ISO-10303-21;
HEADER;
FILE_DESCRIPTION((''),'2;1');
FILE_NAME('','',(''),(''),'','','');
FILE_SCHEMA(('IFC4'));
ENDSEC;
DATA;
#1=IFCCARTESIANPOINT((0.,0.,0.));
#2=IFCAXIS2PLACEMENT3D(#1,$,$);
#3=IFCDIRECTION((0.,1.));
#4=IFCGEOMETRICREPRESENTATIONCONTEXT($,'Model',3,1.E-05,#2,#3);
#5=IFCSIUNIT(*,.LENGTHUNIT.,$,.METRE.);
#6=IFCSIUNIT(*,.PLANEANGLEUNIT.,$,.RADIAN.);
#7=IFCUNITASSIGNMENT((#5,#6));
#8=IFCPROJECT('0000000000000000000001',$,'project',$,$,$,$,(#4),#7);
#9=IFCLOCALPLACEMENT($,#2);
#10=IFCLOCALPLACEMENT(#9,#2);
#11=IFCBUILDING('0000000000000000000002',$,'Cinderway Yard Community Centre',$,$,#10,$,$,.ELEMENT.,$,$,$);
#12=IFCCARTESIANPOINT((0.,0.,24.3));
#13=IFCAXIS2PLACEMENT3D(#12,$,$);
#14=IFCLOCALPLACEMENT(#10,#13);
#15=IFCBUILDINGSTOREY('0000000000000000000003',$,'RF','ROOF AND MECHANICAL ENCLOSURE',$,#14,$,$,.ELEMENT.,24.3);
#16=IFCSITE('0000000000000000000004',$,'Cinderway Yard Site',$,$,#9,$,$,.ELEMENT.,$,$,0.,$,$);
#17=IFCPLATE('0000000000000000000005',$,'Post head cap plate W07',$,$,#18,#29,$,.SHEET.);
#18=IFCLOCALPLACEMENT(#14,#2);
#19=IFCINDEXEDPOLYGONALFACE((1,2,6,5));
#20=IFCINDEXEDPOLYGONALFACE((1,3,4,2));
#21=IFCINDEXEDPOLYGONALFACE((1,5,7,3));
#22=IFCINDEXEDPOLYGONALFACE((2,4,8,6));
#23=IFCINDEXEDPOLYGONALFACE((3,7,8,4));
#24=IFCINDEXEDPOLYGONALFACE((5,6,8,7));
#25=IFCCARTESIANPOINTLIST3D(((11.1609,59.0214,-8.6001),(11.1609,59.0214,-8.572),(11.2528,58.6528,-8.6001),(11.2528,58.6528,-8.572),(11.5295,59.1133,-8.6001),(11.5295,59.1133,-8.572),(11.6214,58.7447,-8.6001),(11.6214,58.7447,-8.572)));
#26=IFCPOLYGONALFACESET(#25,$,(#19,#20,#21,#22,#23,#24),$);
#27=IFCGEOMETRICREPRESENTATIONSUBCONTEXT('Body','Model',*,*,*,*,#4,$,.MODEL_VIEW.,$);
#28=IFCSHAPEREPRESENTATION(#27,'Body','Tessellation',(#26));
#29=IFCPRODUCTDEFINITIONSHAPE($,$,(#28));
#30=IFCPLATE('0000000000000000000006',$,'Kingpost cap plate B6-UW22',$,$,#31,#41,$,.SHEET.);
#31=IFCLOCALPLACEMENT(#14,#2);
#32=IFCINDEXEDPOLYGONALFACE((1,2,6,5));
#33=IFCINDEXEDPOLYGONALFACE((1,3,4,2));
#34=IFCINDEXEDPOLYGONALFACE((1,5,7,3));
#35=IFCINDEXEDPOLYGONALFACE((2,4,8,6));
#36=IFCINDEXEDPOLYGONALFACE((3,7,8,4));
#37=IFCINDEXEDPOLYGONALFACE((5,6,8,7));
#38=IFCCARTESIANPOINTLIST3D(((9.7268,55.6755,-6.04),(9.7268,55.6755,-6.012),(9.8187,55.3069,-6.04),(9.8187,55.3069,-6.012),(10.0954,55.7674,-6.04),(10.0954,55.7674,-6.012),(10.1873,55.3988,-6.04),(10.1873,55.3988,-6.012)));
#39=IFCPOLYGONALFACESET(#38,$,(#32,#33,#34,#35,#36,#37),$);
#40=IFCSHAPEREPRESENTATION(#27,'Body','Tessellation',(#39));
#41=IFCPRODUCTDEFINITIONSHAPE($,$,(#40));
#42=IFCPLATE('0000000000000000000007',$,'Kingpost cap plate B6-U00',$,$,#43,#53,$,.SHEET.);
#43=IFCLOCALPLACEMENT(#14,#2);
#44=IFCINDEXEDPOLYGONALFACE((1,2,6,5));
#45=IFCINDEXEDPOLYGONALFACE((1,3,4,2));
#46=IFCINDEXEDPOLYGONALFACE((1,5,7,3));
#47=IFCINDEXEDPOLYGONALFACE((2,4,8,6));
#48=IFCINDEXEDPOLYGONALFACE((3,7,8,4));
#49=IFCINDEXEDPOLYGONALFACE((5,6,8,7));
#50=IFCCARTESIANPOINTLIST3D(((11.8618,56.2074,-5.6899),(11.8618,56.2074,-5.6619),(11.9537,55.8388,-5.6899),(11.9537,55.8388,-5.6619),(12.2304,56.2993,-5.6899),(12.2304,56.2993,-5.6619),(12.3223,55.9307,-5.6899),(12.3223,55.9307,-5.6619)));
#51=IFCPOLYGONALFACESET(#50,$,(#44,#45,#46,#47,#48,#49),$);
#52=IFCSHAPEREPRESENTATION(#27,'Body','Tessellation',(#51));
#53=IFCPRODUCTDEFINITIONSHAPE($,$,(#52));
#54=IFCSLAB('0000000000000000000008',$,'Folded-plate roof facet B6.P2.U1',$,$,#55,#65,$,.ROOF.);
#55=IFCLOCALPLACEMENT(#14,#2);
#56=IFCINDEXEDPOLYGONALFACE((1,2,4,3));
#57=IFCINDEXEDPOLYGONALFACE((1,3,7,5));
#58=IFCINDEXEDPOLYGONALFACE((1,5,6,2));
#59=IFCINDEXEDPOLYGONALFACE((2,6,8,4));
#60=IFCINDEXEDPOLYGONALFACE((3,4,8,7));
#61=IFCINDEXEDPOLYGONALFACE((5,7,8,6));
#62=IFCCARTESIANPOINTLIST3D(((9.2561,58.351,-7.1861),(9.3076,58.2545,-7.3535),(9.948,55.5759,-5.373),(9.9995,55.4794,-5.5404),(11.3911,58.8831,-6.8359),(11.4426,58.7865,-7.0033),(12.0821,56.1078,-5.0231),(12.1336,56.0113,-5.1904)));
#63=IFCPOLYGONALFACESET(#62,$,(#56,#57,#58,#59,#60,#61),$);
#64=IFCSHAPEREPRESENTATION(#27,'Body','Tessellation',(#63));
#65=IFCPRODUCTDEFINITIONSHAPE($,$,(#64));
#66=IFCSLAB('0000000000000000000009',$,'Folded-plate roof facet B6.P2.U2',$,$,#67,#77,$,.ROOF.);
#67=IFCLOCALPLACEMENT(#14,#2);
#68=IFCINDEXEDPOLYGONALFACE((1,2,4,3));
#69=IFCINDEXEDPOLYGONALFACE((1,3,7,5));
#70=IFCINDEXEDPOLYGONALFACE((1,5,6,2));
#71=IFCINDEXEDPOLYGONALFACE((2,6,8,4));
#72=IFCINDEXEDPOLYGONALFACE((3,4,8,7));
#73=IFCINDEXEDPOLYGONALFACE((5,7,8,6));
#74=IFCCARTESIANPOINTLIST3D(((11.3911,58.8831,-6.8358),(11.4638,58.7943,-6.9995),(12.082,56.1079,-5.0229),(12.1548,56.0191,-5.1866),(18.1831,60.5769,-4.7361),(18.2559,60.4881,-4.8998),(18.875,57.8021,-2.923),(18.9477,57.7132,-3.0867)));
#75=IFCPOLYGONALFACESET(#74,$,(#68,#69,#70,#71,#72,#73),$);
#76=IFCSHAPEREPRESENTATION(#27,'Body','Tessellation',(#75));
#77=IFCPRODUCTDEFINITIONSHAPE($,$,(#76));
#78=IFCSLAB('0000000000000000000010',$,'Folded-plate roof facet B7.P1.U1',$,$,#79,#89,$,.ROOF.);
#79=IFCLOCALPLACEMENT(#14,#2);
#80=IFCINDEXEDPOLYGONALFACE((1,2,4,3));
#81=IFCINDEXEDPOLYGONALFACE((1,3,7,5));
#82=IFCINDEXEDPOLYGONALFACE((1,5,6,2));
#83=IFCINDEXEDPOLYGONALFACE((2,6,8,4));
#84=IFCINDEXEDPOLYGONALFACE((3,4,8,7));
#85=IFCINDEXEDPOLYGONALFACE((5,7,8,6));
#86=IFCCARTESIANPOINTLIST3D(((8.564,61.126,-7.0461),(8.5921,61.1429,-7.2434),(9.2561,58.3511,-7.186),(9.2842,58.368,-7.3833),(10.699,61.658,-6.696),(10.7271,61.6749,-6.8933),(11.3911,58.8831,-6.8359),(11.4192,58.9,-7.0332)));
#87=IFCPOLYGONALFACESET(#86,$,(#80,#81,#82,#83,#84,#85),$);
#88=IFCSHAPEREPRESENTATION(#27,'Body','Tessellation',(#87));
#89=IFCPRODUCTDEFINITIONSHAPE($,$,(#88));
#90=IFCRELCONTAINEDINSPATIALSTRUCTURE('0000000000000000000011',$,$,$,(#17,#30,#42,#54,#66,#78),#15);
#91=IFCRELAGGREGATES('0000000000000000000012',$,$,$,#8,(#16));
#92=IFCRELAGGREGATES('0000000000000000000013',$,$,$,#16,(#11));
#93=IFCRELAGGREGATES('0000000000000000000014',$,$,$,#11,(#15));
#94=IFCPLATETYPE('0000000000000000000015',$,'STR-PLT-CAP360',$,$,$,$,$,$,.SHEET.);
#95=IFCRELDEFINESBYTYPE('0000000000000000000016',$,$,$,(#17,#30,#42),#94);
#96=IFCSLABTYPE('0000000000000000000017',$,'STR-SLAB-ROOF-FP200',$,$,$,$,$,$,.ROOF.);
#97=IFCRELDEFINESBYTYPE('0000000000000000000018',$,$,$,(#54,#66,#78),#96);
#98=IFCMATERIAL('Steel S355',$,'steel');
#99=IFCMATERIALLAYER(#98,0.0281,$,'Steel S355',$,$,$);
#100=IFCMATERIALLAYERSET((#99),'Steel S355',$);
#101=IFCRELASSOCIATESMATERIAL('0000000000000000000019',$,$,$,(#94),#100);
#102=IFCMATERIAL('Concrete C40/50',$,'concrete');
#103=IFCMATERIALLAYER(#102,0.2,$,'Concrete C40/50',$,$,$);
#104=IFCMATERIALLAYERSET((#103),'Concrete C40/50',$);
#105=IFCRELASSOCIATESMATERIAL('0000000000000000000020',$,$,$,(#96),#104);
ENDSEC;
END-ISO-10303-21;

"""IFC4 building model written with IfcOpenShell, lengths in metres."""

from ifc_helpers import new_model, si_unit, direction, frame, origin, origin_2d, place, context, subcontext, project, spatial, polyline, rectangle, outline, extrude, material, layer, layer_set, type_object, element, save


model = new_model("IFC4")

# Units and contexts
model_context = context("Model", 3, precision=1e-05, world=origin(), true_north=direction((0.0, 1.0)))
body_context = subcontext(model_context, "Body", "Model", "MODEL_VIEW")
ifc_project = project(units=[si_unit("LENGTHUNIT", "METRE"), si_unit("PLANEANGLEUNIT", "RADIAN")], contexts=[model_context])

# Site, building, storey
site_placement = place(None, origin())
site = spatial("IfcSite", under=ifc_project, at=site_placement, Name="Cinderway Yard Site", CompositionType="ELEMENT", RefElevation=0.0)
building_placement = place(site_placement, origin())
building = spatial("IfcBuilding", under=site, at=building_placement, Name="Cinderway Yard Community Centre", CompositionType="ELEMENT")
storey_placement = place(building_placement, frame((0.0, 0.0, 24.3)))
storey = spatial("IfcBuildingStorey", under=building, at=storey_placement, Name="RF", Description="ROOF AND MECHANICAL ENCLOSURE", CompositionType="ELEMENT", Elevation=24.3)

# Shared definitions
ifc_material_1 = material(Name="Steel S355", Category="steel")

# Shared definitions
ifc_material_2 = material(Name="Concrete C40/50", Category="concrete")

# Plates
ifc_layer_1 = layer(ifc_material_1, 0.0281, Name="Steel S355")
ifc_layer_set_1 = layer_set([ifc_layer_1], Name="Steel S355")
plate_type_1 = type_object("IfcPlateType", Name="STR-PLT-CAP360", PredefinedType="SHEET", material=ifc_layer_set_1)
for number, where, z_axis, x_axis, name in (
    (1, (11.3911, 58.8831, -8.6001), (0.0, 0.0, 1.0), (0.970296, 0.241922, 0.0), "Post head cap plate W07"),
    (2, (9.957, 55.5371, -6.04), (0.0, 0.0, 1.0), (0.970296, 0.241922, 0.0), "Kingpost cap plate B6-UW22"),
    (3, (12.092, 56.0691, -5.6899), (0.0, 0.0, 1.0), (0.970296, 0.241922, 0.0), "Kingpost cap plate B6-U00"),
):
    element("IfcPlate", number, at=place(storey_placement, frame(where, z_axis=z_axis, x_axis=x_axis)), inside=storey, type_object=plate_type_1, Name=name, PredefinedType="SHEET", context=body_context, shape_type="SweptSolid", body=[
        extrude(rectangle(XDim=0.3799, YDim=0.3799, at=origin_2d()), origin(), (0.0, 0.0, 1.0), 0.0281),
    ])

# Slabs
ifc_layer_2 = layer(ifc_material_2, 0.2, Name="Concrete C40/50")
ifc_layer_set_2 = layer_set([ifc_layer_2], Name="Concrete C40/50")
slab_type = type_object("IfcSlabType", Name="STR-SLAB-ROOF-FP200", PredefinedType="ROOF", material=ifc_layer_set_2)
slab_1_placement = place(storey_placement, frame((9.948, 55.5759, -5.373), z_axis=(-0.257588, 0.482673, 0.837063), x_axis=(0.958255, 0.238848, 0.157156)))
element("IfcSlab", 4, at=slab_1_placement, inside=storey, type_object=slab_type, Name="Folded-plate roof facet B6.P2.U1", PredefinedType="ROOF", context=body_context, shape_type="SweptSolid", body=[
    extrude(outline(polyline([(0.0, 0.0), (2.227, 0.0), (1.9429, 3.3742), (-0.2851, 3.3743), (0.0, 0.0)])), origin(), (0.0, 0.0, -1.0), 0.2),
])
slab_2_placement = place(storey_placement, frame((12.082, 56.1079, -5.0229), z_axis=(-0.363878, 0.444214, 0.818699), x_axis=(0.929372, 0.231784, 0.287305)))
element("IfcSlab", 5, at=slab_2_placement, inside=storey, type_object=slab_type, Name="Folded-plate roof facet B6.P2.U2", PredefinedType="ROOF", context=body_context, shape_type="SweptSolid", body=[
    extrude(outline(polyline([(0.0, 0.0), (7.3092, 0.0), (6.7884, 3.3458), (-0.5198, 3.346), (0.0, 0.0)])), origin(), (0.0, 0.0, -1.0), 0.2),
])
slab_3_placement = place(storey_placement, frame((9.2561, 58.3511, -7.186), z_axis=(-0.140623, -0.084804, 0.986425), x_axis=(0.958277, 0.238775, 0.157138)))
element("IfcSlab", 6, at=slab_3_placement, inside=storey, type_object=slab_type, Name="Folded-plate roof facet B7.P1.U1", PredefinedType="ROOF", context=body_context, shape_type="SweptSolid", body=[
    extrude(outline(polyline([(0.0, 0.0), (2.228, 0.0), (2.2493, 2.8633), (0.0213, 2.8633), (0.0, 0.0)])), origin(), (0.0, 0.0, -1.0), 0.2),
])

save(model, "model.ifc")
